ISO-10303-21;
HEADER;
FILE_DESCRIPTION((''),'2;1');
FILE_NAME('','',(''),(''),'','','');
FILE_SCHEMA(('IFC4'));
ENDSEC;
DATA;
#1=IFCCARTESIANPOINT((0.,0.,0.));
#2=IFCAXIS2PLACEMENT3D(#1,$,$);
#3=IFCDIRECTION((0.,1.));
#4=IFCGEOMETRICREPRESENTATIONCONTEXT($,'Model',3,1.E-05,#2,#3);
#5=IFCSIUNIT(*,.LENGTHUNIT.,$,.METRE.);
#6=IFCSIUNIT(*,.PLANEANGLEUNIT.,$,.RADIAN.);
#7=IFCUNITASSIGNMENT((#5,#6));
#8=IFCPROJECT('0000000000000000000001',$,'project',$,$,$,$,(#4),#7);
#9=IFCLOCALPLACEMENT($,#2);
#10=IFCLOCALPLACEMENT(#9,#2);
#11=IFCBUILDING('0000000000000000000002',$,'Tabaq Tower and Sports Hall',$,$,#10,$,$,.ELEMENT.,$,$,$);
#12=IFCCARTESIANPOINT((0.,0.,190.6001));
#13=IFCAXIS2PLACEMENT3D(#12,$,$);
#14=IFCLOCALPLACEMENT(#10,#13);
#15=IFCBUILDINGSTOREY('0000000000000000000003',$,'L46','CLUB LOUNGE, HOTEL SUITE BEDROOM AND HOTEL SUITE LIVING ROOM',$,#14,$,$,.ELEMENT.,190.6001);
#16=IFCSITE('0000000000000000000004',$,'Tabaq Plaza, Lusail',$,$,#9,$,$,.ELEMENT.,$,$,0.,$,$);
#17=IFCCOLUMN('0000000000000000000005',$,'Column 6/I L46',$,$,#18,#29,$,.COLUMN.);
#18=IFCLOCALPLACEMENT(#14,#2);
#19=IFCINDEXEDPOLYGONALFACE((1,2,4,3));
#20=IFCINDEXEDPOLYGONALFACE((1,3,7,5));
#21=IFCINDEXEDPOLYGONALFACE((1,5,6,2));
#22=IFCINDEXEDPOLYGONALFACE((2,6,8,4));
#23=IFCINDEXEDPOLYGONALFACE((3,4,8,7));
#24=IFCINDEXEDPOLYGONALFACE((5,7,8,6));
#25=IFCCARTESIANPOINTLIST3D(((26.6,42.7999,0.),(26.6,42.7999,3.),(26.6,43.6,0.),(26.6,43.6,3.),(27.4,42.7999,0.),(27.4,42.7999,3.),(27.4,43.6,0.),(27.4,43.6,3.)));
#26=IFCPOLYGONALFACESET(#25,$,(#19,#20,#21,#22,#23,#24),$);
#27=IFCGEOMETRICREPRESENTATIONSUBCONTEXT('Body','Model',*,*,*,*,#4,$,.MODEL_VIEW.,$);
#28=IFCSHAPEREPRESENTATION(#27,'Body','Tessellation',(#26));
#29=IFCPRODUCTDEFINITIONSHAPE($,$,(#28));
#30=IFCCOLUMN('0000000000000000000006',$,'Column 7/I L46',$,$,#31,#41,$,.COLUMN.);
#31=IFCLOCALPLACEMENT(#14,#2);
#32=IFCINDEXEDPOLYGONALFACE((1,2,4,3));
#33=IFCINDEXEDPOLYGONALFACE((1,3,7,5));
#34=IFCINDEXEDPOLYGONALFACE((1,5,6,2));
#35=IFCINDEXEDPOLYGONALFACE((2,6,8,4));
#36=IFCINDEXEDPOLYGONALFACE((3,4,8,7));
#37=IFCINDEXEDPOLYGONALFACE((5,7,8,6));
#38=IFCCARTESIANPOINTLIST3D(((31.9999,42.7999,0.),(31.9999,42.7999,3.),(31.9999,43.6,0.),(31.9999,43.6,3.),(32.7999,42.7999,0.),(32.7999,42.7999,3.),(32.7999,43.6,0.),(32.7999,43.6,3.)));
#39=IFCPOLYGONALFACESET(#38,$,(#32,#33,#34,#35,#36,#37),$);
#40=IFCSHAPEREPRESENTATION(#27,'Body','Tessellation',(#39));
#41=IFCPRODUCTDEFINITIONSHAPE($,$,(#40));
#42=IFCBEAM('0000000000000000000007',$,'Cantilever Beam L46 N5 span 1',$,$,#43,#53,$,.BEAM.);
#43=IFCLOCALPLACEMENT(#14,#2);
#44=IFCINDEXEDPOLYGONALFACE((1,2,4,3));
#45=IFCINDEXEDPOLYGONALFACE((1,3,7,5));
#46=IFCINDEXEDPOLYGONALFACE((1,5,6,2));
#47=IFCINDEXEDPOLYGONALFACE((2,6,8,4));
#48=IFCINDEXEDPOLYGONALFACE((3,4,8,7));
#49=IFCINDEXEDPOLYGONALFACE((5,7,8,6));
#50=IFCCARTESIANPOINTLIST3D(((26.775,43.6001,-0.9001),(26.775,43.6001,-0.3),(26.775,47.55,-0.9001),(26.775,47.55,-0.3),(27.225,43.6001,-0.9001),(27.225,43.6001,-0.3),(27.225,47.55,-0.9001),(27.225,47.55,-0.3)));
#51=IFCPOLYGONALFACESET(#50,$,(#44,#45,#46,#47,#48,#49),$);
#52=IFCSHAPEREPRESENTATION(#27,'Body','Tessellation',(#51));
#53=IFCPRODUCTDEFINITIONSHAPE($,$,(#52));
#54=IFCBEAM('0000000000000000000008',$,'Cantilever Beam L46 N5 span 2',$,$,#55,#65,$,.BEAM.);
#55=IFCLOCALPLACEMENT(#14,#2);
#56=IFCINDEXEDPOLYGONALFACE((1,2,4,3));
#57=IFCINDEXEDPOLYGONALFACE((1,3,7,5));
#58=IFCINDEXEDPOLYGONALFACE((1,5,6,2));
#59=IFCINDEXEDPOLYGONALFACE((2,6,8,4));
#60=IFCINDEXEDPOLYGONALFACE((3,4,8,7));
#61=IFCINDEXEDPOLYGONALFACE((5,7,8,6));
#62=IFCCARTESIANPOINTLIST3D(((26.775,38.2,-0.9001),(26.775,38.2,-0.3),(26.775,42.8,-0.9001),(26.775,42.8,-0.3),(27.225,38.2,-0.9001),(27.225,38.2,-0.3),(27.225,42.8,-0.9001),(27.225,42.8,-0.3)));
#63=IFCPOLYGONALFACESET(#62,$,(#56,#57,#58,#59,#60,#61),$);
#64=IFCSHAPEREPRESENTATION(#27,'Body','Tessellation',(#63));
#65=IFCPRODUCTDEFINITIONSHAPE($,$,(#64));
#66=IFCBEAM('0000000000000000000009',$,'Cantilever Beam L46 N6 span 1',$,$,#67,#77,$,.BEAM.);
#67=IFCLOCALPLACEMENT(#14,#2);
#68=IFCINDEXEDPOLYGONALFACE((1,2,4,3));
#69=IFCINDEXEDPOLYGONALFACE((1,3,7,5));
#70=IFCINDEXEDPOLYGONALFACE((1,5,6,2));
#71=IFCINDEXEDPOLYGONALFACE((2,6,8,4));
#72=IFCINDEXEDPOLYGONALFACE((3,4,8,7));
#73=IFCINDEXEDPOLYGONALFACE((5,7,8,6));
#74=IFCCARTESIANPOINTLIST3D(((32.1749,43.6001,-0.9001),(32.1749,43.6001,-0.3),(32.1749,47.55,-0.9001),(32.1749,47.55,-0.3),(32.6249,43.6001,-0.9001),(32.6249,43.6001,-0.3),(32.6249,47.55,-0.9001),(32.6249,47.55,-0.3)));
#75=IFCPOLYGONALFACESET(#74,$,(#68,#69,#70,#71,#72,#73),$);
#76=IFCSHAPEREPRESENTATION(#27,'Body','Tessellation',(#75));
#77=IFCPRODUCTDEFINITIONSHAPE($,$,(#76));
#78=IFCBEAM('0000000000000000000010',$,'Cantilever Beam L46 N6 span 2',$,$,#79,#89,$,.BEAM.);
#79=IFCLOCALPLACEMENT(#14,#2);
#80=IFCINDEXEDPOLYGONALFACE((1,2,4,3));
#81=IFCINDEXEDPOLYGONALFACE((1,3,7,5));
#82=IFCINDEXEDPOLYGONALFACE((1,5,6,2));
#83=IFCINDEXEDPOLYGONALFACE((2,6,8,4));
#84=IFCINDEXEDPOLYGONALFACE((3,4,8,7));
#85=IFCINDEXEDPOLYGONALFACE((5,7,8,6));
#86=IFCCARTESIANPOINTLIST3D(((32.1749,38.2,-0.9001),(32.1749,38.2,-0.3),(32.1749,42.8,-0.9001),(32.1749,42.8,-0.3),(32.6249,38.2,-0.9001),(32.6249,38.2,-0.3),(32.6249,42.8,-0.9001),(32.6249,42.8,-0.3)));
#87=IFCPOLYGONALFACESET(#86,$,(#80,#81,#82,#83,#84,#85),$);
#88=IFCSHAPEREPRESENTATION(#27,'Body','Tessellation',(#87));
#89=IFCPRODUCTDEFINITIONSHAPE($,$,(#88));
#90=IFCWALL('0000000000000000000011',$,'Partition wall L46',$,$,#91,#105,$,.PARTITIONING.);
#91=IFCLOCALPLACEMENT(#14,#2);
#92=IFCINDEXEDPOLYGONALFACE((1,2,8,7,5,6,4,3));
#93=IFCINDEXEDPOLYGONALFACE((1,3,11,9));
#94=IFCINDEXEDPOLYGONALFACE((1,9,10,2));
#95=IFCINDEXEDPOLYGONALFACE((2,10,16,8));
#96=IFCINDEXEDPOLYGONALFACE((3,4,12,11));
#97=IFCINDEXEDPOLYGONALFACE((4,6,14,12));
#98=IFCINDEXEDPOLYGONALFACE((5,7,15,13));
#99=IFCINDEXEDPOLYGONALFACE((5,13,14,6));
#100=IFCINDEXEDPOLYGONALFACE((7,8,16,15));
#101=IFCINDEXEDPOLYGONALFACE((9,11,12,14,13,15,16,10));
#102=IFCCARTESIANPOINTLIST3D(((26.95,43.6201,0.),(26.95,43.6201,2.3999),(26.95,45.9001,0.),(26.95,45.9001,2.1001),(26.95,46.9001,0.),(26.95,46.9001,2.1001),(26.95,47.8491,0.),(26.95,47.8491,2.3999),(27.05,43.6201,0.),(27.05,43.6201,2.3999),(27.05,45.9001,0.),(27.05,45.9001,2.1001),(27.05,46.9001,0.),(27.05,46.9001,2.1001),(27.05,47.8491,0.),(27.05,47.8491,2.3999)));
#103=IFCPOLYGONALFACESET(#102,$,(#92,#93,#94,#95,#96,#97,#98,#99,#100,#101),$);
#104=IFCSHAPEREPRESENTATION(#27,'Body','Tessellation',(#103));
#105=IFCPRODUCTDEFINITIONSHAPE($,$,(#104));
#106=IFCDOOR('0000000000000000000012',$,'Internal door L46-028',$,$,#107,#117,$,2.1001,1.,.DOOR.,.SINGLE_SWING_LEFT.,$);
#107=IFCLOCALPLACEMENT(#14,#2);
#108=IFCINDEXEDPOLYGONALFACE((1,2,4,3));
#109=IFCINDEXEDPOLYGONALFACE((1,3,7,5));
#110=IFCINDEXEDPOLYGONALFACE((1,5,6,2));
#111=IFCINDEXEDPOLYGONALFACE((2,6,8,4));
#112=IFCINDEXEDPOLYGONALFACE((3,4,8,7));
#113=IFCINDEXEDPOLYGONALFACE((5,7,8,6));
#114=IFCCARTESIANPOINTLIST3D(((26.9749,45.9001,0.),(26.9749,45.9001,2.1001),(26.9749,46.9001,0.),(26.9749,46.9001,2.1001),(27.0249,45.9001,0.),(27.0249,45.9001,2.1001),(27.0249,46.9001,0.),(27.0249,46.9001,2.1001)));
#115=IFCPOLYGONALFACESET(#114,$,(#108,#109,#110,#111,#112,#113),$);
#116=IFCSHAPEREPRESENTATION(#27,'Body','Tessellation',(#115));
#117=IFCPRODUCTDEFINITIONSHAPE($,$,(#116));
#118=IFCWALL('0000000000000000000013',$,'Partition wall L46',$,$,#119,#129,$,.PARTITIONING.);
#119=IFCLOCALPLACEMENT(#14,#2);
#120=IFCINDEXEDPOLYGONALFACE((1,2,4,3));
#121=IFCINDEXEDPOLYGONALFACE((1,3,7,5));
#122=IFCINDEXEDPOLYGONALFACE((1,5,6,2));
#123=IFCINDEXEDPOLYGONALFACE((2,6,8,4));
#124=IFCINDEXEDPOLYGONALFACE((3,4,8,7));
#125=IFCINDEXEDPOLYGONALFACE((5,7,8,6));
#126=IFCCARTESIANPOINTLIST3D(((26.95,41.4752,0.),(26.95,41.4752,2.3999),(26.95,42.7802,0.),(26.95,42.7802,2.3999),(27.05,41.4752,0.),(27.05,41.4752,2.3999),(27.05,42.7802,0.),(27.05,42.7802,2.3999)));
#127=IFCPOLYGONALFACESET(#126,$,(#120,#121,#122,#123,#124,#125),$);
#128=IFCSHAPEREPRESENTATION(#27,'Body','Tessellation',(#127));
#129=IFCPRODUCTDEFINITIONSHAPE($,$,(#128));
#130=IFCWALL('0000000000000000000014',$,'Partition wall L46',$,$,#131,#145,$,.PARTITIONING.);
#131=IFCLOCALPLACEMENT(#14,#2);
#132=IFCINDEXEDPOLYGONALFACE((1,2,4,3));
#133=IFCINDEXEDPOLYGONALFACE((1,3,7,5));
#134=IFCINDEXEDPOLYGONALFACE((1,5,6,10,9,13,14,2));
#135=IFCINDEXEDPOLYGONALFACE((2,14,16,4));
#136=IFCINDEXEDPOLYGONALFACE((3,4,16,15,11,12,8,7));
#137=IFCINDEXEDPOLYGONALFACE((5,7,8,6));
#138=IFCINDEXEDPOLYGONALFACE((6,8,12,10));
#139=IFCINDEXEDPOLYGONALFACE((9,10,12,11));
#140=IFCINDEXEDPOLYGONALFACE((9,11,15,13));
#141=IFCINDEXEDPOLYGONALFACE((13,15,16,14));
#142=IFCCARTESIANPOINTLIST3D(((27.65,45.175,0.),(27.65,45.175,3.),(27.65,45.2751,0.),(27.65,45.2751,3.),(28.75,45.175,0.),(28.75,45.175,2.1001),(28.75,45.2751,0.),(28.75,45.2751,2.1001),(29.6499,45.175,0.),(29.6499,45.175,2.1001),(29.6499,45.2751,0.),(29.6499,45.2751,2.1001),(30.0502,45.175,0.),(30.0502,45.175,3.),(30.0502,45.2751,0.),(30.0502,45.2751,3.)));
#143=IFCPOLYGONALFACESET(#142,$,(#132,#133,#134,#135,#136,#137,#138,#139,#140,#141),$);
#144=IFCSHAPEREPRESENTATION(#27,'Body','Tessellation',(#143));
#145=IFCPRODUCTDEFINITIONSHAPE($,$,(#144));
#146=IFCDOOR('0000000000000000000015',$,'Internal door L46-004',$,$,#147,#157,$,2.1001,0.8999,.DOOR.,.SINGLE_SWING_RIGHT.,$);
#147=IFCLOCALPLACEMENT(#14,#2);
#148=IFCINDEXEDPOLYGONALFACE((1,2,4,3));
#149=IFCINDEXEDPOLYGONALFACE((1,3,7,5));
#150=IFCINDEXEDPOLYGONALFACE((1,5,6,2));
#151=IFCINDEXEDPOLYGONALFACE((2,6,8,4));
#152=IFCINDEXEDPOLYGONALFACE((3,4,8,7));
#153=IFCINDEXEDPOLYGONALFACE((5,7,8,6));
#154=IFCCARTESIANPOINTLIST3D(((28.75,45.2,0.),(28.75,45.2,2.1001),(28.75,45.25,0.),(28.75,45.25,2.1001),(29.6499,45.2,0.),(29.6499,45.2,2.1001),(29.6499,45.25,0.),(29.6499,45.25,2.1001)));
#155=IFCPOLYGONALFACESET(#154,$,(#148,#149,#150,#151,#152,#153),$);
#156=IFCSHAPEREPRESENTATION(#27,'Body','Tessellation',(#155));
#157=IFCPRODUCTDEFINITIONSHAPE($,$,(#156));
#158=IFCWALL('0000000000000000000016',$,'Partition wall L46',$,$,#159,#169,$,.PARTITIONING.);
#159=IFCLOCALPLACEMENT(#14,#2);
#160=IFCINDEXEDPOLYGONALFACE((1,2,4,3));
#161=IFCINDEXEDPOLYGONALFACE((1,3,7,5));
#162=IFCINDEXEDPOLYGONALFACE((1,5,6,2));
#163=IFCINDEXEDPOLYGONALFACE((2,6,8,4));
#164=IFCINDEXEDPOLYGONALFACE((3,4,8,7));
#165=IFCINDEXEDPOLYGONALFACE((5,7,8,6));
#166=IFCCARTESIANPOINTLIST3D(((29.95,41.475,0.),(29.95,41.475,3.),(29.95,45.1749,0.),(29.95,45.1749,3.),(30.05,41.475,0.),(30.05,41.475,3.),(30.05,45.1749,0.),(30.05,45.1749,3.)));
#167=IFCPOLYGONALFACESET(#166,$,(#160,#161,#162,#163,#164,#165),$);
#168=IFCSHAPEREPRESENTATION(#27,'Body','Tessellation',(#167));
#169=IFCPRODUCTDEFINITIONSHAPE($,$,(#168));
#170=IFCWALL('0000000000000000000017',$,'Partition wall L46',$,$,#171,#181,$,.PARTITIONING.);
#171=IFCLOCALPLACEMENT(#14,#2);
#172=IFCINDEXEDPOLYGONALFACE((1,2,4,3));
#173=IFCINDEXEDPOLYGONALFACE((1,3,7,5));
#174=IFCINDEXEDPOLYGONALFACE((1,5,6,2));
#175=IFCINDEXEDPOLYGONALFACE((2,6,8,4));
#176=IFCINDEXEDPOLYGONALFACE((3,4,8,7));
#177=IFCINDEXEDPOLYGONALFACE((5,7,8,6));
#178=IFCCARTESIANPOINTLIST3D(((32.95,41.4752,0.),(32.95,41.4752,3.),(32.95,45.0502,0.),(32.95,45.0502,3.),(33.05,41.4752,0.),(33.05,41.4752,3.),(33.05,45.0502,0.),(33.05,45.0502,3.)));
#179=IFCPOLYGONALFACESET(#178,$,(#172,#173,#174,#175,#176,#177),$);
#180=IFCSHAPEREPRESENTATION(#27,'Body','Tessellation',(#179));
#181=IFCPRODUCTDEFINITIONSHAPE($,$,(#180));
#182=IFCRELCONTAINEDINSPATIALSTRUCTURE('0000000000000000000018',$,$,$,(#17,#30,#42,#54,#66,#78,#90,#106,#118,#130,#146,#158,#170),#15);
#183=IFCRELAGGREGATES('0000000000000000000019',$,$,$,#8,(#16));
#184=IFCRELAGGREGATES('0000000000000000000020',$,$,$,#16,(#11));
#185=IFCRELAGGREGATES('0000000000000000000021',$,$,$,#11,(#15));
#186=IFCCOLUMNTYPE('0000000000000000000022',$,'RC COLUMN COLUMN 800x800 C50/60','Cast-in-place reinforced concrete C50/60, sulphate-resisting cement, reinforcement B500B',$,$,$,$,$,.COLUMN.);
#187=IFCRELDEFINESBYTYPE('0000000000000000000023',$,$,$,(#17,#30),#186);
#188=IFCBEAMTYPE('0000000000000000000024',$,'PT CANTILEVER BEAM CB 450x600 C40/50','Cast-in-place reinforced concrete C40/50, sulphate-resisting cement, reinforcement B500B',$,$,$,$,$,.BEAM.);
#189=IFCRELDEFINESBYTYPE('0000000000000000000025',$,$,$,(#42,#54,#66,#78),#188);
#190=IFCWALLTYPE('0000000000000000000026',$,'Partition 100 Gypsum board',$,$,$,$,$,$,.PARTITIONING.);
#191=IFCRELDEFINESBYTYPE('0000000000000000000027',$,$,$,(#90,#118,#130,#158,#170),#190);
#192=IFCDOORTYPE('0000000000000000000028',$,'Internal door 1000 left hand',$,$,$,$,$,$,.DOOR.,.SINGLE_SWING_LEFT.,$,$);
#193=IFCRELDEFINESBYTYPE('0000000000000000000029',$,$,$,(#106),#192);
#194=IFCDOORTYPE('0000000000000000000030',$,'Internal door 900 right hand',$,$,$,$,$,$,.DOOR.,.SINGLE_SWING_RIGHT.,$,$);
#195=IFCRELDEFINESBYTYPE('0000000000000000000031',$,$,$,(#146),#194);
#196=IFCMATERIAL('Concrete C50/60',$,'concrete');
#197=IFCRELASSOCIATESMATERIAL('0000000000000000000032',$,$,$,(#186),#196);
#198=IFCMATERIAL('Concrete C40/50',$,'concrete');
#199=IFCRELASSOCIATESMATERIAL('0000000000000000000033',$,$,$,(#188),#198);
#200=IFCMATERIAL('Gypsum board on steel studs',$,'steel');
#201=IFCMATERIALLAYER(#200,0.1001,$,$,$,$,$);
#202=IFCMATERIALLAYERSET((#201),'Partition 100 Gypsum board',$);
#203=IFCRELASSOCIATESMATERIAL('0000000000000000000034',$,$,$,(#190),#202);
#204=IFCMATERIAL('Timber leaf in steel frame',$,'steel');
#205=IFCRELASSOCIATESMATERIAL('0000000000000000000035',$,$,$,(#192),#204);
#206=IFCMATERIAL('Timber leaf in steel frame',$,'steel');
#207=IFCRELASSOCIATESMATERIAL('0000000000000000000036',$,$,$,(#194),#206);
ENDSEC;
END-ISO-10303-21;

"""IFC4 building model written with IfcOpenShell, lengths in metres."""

from ifc_helpers import new_model, si_unit, direction, frame, frame_2d, origin, origin_2d, place, context, subcontext, project, spatial, rectangle, extrude, material, layer, layer_set, material_profile, profile_set, type_object, element, fill, save


model = new_model("IFC4")

# Units and contexts
model_context = context("Model", 3, precision=1e-05, world=origin(), true_north=direction((0.0, 1.0)))
body_context = subcontext(model_context, "Body", "Model", "MODEL_VIEW")
ifc_project = project(units=[si_unit("LENGTHUNIT", "METRE"), si_unit("PLANEANGLEUNIT", "RADIAN")], contexts=[model_context])

# Site, building, storey
site_placement = place(None, origin())
site = spatial("IfcSite", under=ifc_project, at=site_placement, Name="Tabaq Plaza, Lusail", CompositionType="ELEMENT", RefElevation=0.0)
building_placement = place(site_placement, origin())
building = spatial("IfcBuilding", under=site, at=building_placement, Name="Tabaq Tower and Sports Hall", CompositionType="ELEMENT")
storey_placement = place(building_placement, frame((0.0, 0.0, 190.6001)))
storey = spatial("IfcBuildingStorey", under=building, at=storey_placement, Name="L46", Description="CLUB LOUNGE, HOTEL SUITE BEDROOM AND HOTEL SUITE LIVING ROOM", CompositionType="ELEMENT", Elevation=190.6001)

# Columns
ifc_material_1 = material(Name="Concrete C50/60", Category="concrete")
ifc_material_profile_1 = material_profile(ifc_material_1, rectangle(XDim=0.8, YDim=0.8, at=origin_2d()), Name="COLUMN 800x800")
ifc_profile_set_1 = profile_set([ifc_material_profile_1], Name="Concrete C50/60")
column_type = type_object("IfcColumnType", Name="RC COLUMN COLUMN 800x800 C50/60", Description="Cast-in-place reinforced concrete C50/60, sulphate-resisting cement, reinforcement B500B", PredefinedType="COLUMN", material=ifc_profile_set_1)
for number, where, z_axis, x_axis, name in (
    (1, (27.0, 43.2, 0.0), (0.0, 0.0, 1.0), (1.0, 0.0, 0.0), "Column 6/I L46"),
    (2, (32.3999, 43.2, 0.0), (0.0, 0.0, 1.0), (1.0, 0.0, 0.0), "Column 7/I L46"),
):
    element("IfcColumn", number, at=place(storey_placement, frame(where, z_axis=z_axis, x_axis=x_axis)), inside=storey, type_object=column_type, Name=name, PredefinedType="COLUMN", context=body_context, shape_type="SweptSolid", body=[
        extrude(rectangle(XDim=0.8, YDim=0.8, at=origin_2d()), origin(), (0.0, 0.0, 1.0), 3.0),
    ])

# Beams
ifc_material_2 = material(Name="Concrete C40/50", Category="concrete")
ifc_material_profile_2 = material_profile(ifc_material_2, rectangle(XDim=0.45, YDim=0.6001, at=origin_2d()), Name="CB 450x600")
ifc_profile_set_2 = profile_set([ifc_material_profile_2], Name="Concrete C40/50")
beam_type = type_object("IfcBeamType", Name="PT CANTILEVER BEAM CB 450x600 C40/50", Description="Cast-in-place reinforced concrete C40/50, sulphate-resisting cement, reinforcement B500B", PredefinedType="BEAM", material=ifc_profile_set_2)
beam_1_placement = place(storey_placement, frame((27.0, 47.55, -0.6001), z_axis=(0.0, -1.0, 0.0), x_axis=(1.0, 0.0, 0.0)))
element("IfcBeam", 3, at=beam_1_placement, inside=storey, type_object=beam_type, Name="Cantilever Beam L46 N5 span 1", PredefinedType="BEAM", context=body_context, shape_type="SweptSolid", body=[
    extrude(rectangle(XDim=0.45, YDim=0.6001, at=origin_2d()), origin(), (0.0, 0.0, 1.0), 3.95),
])
beam_2_placement = place(storey_placement, frame((27.0, 42.8, -0.6001), z_axis=(0.0, -1.0, 0.0), x_axis=(1.0, 0.0, 0.0)))
element("IfcBeam", 4, at=beam_2_placement, inside=storey, type_object=beam_type, Name="Cantilever Beam L46 N5 span 2", PredefinedType="BEAM", context=body_context, shape_type="SweptSolid", body=[
    extrude(rectangle(XDim=0.45, YDim=0.6001, at=origin_2d()), origin(), (0.0, 0.0, 1.0), 4.6001),
])
beam_3_placement = place(storey_placement, frame((32.3999, 47.55, -0.6001), z_axis=(0.0, -1.0, 0.0), x_axis=(1.0, 0.0, 0.0)))
element("IfcBeam", 5, at=beam_3_placement, inside=storey, type_object=beam_type, Name="Cantilever Beam L46 N6 span 1", PredefinedType="BEAM", context=body_context, shape_type="SweptSolid", body=[
    extrude(rectangle(XDim=0.45, YDim=0.6001, at=origin_2d()), origin(), (0.0, 0.0, 1.0), 3.95),
])
beam_4_placement = place(storey_placement, frame((32.3999, 42.8, -0.6001), z_axis=(0.0, -1.0, 0.0), x_axis=(1.0, 0.0, 0.0)))
element("IfcBeam", 6, at=beam_4_placement, inside=storey, type_object=beam_type, Name="Cantilever Beam L46 N6 span 2", PredefinedType="BEAM", context=body_context, shape_type="SweptSolid", body=[
    extrude(rectangle(XDim=0.45, YDim=0.6001, at=origin_2d()), origin(), (0.0, 0.0, 1.0), 4.6001),
])

# Wall, opening, door
ifc_material_3 = material(Name="Gypsum board on steel studs", Category="steel")
ifc_layer_1 = layer(ifc_material_3, 0.1001)
ifc_layer_set_1 = layer_set([ifc_layer_1], Name="Partition 100 Gypsum board")
wall_type_1 = type_object("IfcWallType", Name="Partition 100 Gypsum board", PredefinedType="PARTITIONING", material=ifc_layer_set_1)
wall_1_placement = place(storey_placement, frame((27.0, 47.8491, 0.0), z_axis=(0.0, 0.0, 1.0), x_axis=(0.0, -1.0, 0.0)))
wall_1 = element("IfcWall", 7, at=wall_1_placement, inside=storey, type_object=wall_type_1, Name="Partition wall L46", PredefinedType="PARTITIONING", context=body_context, shape_type="SweptSolid", body=[
    extrude(rectangle(XDim=4.229, YDim=0.1001, at=frame_2d((2.1145, 0.0))), origin(), (0.0, 0.0, 1.0), 2.3999),
])
opening_1_placement = place(wall_1_placement, frame((0.949, 0.0, 0.0)))
opening_1 = element("IfcOpeningElement", 8, at=opening_1_placement, cuts=wall_1, PredefinedType="OPENING", context=body_context, shape_type="SweptSolid", body=[
    extrude(rectangle(XDim=1.0, YDim=2.1001, at=frame_2d((0.5, 1.05))), frame((0.0, 0.05, 0.0), z_axis=(0.0, -1.0, 0.0), x_axis=(1.0, 0.0, 0.0)), (0.0, 0.0, 1.0), 0.1001),
])
ifc_material_4 = material(Name="Timber leaf in steel frame", Category="steel")
door_type_1 = type_object("IfcDoorType", Name="Internal door 1000 left hand", OperationType="SINGLE_SWING_LEFT", PredefinedType="DOOR", material=ifc_material_4)
door_1_placement = place(opening_1_placement, origin())
door_1 = element("IfcDoor", 9, at=door_1_placement, inside=storey, type_object=door_type_1, Name="Internal door L46-028", OperationType="SINGLE_SWING_LEFT", OverallHeight=2.1001, OverallWidth=1.0, PredefinedType="DOOR", context=body_context, shape_type="SweptSolid", body=[
    extrude(rectangle(XDim=1.0, YDim=2.1001, at=frame_2d((0.5, 1.05))), frame((0.0, 0.0249, 0.0), z_axis=(0.0, -1.0, 0.0), x_axis=(1.0, 0.0, 0.0)), (0.0, 0.0, 1.0), 0.05),
])
fill(opening_1, door_1)

# Wall
wall_2_placement = place(storey_placement, frame((27.0, 42.78, 0.0), z_axis=(0.0, 0.0, 1.0), x_axis=(0.0, -1.0, 0.0)))
element("IfcWall", 10, at=wall_2_placement, inside=storey, type_object=wall_type_1, Name="Partition wall L46", PredefinedType="PARTITIONING", context=body_context, shape_type="SweptSolid", body=[
    extrude(rectangle(XDim=1.3049, YDim=0.1001, at=frame_2d((0.6523, 0.0))), origin(), (0.0, 0.0, 1.0), 2.3999),
])

# Wall, opening, door
wall_3_placement = place(storey_placement, frame((27.6499, 45.2251, 0.0), z_axis=(0.0, 0.0, 1.0), x_axis=(1.0, 0.0, 0.0)))
wall_3 = element("IfcWall", 11, at=wall_3_placement, inside=storey, type_object=wall_type_1, Name="Partition wall L46", PredefinedType="PARTITIONING", context=body_context, shape_type="SweptSolid", body=[
    extrude(rectangle(XDim=2.4001, YDim=0.1001, at=frame_2d((1.2002, 0.0))), origin(), (0.0, 0.0, 1.0), 3.0),
])
opening_2_placement = place(wall_3_placement, frame((1.1001, 0.0, 0.0)))
opening_2 = element("IfcOpeningElement", 12, at=opening_2_placement, cuts=wall_3, PredefinedType="OPENING", context=body_context, shape_type="SweptSolid", body=[
    extrude(rectangle(XDim=0.8999, YDim=2.1001, at=frame_2d((0.45, 1.05))), frame((0.0, 0.05, 0.0), z_axis=(0.0, -1.0, 0.0), x_axis=(1.0, 0.0, 0.0)), (0.0, 0.0, 1.0), 0.1001),
])
ifc_material_5 = material(Name="Timber leaf in steel frame", Category="steel")
door_type_2 = type_object("IfcDoorType", Name="Internal door 900 right hand", OperationType="SINGLE_SWING_RIGHT", PredefinedType="DOOR", material=ifc_material_5)
door_2_placement = place(opening_2_placement, origin())
door_2 = element("IfcDoor", 13, at=door_2_placement, inside=storey, type_object=door_type_2, Name="Internal door L46-004", OperationType="SINGLE_SWING_RIGHT", OverallHeight=2.1001, OverallWidth=0.8999, PredefinedType="DOOR", context=body_context, shape_type="SweptSolid", body=[
    extrude(rectangle(XDim=0.8999, YDim=2.1001, at=frame_2d((0.45, 1.05))), frame((0.0, 0.0249, 0.0), z_axis=(0.0, -1.0, 0.0), x_axis=(1.0, 0.0, 0.0)), (0.0, 0.0, 1.0), 0.05),
])
fill(opening_2, door_2)

# Walls
wall_4_placement = place(storey_placement, frame((30.0, 45.175, 0.0), z_axis=(0.0, 0.0, 1.0), x_axis=(0.0, -1.0, 0.0)))
element("IfcWall", 14, at=wall_4_placement, inside=storey, type_object=wall_type_1, Name="Partition wall L46", PredefinedType="PARTITIONING", context=body_context, shape_type="SweptSolid", body=[
    extrude(rectangle(XDim=3.7, YDim=0.1001, at=frame_2d((1.8501, 0.0))), origin(), (0.0, 0.0, 1.0), 3.0),
])
wall_5_placement = place(storey_placement, frame((33.0, 41.4751, 0.0), z_axis=(0.0, 0.0, 1.0), x_axis=(0.0, 1.0, 0.0)))
element("IfcWall", 15, at=wall_5_placement, inside=storey, type_object=wall_type_1, Name="Partition wall L46", PredefinedType="PARTITIONING", context=body_context, shape_type="SweptSolid", body=[
    extrude(rectangle(XDim=3.575, YDim=0.1001, at=frame_2d((1.7876, 0.0))), origin(), (0.0, 0.0, 1.0), 3.0),
])

save(model, "model.ifc")
